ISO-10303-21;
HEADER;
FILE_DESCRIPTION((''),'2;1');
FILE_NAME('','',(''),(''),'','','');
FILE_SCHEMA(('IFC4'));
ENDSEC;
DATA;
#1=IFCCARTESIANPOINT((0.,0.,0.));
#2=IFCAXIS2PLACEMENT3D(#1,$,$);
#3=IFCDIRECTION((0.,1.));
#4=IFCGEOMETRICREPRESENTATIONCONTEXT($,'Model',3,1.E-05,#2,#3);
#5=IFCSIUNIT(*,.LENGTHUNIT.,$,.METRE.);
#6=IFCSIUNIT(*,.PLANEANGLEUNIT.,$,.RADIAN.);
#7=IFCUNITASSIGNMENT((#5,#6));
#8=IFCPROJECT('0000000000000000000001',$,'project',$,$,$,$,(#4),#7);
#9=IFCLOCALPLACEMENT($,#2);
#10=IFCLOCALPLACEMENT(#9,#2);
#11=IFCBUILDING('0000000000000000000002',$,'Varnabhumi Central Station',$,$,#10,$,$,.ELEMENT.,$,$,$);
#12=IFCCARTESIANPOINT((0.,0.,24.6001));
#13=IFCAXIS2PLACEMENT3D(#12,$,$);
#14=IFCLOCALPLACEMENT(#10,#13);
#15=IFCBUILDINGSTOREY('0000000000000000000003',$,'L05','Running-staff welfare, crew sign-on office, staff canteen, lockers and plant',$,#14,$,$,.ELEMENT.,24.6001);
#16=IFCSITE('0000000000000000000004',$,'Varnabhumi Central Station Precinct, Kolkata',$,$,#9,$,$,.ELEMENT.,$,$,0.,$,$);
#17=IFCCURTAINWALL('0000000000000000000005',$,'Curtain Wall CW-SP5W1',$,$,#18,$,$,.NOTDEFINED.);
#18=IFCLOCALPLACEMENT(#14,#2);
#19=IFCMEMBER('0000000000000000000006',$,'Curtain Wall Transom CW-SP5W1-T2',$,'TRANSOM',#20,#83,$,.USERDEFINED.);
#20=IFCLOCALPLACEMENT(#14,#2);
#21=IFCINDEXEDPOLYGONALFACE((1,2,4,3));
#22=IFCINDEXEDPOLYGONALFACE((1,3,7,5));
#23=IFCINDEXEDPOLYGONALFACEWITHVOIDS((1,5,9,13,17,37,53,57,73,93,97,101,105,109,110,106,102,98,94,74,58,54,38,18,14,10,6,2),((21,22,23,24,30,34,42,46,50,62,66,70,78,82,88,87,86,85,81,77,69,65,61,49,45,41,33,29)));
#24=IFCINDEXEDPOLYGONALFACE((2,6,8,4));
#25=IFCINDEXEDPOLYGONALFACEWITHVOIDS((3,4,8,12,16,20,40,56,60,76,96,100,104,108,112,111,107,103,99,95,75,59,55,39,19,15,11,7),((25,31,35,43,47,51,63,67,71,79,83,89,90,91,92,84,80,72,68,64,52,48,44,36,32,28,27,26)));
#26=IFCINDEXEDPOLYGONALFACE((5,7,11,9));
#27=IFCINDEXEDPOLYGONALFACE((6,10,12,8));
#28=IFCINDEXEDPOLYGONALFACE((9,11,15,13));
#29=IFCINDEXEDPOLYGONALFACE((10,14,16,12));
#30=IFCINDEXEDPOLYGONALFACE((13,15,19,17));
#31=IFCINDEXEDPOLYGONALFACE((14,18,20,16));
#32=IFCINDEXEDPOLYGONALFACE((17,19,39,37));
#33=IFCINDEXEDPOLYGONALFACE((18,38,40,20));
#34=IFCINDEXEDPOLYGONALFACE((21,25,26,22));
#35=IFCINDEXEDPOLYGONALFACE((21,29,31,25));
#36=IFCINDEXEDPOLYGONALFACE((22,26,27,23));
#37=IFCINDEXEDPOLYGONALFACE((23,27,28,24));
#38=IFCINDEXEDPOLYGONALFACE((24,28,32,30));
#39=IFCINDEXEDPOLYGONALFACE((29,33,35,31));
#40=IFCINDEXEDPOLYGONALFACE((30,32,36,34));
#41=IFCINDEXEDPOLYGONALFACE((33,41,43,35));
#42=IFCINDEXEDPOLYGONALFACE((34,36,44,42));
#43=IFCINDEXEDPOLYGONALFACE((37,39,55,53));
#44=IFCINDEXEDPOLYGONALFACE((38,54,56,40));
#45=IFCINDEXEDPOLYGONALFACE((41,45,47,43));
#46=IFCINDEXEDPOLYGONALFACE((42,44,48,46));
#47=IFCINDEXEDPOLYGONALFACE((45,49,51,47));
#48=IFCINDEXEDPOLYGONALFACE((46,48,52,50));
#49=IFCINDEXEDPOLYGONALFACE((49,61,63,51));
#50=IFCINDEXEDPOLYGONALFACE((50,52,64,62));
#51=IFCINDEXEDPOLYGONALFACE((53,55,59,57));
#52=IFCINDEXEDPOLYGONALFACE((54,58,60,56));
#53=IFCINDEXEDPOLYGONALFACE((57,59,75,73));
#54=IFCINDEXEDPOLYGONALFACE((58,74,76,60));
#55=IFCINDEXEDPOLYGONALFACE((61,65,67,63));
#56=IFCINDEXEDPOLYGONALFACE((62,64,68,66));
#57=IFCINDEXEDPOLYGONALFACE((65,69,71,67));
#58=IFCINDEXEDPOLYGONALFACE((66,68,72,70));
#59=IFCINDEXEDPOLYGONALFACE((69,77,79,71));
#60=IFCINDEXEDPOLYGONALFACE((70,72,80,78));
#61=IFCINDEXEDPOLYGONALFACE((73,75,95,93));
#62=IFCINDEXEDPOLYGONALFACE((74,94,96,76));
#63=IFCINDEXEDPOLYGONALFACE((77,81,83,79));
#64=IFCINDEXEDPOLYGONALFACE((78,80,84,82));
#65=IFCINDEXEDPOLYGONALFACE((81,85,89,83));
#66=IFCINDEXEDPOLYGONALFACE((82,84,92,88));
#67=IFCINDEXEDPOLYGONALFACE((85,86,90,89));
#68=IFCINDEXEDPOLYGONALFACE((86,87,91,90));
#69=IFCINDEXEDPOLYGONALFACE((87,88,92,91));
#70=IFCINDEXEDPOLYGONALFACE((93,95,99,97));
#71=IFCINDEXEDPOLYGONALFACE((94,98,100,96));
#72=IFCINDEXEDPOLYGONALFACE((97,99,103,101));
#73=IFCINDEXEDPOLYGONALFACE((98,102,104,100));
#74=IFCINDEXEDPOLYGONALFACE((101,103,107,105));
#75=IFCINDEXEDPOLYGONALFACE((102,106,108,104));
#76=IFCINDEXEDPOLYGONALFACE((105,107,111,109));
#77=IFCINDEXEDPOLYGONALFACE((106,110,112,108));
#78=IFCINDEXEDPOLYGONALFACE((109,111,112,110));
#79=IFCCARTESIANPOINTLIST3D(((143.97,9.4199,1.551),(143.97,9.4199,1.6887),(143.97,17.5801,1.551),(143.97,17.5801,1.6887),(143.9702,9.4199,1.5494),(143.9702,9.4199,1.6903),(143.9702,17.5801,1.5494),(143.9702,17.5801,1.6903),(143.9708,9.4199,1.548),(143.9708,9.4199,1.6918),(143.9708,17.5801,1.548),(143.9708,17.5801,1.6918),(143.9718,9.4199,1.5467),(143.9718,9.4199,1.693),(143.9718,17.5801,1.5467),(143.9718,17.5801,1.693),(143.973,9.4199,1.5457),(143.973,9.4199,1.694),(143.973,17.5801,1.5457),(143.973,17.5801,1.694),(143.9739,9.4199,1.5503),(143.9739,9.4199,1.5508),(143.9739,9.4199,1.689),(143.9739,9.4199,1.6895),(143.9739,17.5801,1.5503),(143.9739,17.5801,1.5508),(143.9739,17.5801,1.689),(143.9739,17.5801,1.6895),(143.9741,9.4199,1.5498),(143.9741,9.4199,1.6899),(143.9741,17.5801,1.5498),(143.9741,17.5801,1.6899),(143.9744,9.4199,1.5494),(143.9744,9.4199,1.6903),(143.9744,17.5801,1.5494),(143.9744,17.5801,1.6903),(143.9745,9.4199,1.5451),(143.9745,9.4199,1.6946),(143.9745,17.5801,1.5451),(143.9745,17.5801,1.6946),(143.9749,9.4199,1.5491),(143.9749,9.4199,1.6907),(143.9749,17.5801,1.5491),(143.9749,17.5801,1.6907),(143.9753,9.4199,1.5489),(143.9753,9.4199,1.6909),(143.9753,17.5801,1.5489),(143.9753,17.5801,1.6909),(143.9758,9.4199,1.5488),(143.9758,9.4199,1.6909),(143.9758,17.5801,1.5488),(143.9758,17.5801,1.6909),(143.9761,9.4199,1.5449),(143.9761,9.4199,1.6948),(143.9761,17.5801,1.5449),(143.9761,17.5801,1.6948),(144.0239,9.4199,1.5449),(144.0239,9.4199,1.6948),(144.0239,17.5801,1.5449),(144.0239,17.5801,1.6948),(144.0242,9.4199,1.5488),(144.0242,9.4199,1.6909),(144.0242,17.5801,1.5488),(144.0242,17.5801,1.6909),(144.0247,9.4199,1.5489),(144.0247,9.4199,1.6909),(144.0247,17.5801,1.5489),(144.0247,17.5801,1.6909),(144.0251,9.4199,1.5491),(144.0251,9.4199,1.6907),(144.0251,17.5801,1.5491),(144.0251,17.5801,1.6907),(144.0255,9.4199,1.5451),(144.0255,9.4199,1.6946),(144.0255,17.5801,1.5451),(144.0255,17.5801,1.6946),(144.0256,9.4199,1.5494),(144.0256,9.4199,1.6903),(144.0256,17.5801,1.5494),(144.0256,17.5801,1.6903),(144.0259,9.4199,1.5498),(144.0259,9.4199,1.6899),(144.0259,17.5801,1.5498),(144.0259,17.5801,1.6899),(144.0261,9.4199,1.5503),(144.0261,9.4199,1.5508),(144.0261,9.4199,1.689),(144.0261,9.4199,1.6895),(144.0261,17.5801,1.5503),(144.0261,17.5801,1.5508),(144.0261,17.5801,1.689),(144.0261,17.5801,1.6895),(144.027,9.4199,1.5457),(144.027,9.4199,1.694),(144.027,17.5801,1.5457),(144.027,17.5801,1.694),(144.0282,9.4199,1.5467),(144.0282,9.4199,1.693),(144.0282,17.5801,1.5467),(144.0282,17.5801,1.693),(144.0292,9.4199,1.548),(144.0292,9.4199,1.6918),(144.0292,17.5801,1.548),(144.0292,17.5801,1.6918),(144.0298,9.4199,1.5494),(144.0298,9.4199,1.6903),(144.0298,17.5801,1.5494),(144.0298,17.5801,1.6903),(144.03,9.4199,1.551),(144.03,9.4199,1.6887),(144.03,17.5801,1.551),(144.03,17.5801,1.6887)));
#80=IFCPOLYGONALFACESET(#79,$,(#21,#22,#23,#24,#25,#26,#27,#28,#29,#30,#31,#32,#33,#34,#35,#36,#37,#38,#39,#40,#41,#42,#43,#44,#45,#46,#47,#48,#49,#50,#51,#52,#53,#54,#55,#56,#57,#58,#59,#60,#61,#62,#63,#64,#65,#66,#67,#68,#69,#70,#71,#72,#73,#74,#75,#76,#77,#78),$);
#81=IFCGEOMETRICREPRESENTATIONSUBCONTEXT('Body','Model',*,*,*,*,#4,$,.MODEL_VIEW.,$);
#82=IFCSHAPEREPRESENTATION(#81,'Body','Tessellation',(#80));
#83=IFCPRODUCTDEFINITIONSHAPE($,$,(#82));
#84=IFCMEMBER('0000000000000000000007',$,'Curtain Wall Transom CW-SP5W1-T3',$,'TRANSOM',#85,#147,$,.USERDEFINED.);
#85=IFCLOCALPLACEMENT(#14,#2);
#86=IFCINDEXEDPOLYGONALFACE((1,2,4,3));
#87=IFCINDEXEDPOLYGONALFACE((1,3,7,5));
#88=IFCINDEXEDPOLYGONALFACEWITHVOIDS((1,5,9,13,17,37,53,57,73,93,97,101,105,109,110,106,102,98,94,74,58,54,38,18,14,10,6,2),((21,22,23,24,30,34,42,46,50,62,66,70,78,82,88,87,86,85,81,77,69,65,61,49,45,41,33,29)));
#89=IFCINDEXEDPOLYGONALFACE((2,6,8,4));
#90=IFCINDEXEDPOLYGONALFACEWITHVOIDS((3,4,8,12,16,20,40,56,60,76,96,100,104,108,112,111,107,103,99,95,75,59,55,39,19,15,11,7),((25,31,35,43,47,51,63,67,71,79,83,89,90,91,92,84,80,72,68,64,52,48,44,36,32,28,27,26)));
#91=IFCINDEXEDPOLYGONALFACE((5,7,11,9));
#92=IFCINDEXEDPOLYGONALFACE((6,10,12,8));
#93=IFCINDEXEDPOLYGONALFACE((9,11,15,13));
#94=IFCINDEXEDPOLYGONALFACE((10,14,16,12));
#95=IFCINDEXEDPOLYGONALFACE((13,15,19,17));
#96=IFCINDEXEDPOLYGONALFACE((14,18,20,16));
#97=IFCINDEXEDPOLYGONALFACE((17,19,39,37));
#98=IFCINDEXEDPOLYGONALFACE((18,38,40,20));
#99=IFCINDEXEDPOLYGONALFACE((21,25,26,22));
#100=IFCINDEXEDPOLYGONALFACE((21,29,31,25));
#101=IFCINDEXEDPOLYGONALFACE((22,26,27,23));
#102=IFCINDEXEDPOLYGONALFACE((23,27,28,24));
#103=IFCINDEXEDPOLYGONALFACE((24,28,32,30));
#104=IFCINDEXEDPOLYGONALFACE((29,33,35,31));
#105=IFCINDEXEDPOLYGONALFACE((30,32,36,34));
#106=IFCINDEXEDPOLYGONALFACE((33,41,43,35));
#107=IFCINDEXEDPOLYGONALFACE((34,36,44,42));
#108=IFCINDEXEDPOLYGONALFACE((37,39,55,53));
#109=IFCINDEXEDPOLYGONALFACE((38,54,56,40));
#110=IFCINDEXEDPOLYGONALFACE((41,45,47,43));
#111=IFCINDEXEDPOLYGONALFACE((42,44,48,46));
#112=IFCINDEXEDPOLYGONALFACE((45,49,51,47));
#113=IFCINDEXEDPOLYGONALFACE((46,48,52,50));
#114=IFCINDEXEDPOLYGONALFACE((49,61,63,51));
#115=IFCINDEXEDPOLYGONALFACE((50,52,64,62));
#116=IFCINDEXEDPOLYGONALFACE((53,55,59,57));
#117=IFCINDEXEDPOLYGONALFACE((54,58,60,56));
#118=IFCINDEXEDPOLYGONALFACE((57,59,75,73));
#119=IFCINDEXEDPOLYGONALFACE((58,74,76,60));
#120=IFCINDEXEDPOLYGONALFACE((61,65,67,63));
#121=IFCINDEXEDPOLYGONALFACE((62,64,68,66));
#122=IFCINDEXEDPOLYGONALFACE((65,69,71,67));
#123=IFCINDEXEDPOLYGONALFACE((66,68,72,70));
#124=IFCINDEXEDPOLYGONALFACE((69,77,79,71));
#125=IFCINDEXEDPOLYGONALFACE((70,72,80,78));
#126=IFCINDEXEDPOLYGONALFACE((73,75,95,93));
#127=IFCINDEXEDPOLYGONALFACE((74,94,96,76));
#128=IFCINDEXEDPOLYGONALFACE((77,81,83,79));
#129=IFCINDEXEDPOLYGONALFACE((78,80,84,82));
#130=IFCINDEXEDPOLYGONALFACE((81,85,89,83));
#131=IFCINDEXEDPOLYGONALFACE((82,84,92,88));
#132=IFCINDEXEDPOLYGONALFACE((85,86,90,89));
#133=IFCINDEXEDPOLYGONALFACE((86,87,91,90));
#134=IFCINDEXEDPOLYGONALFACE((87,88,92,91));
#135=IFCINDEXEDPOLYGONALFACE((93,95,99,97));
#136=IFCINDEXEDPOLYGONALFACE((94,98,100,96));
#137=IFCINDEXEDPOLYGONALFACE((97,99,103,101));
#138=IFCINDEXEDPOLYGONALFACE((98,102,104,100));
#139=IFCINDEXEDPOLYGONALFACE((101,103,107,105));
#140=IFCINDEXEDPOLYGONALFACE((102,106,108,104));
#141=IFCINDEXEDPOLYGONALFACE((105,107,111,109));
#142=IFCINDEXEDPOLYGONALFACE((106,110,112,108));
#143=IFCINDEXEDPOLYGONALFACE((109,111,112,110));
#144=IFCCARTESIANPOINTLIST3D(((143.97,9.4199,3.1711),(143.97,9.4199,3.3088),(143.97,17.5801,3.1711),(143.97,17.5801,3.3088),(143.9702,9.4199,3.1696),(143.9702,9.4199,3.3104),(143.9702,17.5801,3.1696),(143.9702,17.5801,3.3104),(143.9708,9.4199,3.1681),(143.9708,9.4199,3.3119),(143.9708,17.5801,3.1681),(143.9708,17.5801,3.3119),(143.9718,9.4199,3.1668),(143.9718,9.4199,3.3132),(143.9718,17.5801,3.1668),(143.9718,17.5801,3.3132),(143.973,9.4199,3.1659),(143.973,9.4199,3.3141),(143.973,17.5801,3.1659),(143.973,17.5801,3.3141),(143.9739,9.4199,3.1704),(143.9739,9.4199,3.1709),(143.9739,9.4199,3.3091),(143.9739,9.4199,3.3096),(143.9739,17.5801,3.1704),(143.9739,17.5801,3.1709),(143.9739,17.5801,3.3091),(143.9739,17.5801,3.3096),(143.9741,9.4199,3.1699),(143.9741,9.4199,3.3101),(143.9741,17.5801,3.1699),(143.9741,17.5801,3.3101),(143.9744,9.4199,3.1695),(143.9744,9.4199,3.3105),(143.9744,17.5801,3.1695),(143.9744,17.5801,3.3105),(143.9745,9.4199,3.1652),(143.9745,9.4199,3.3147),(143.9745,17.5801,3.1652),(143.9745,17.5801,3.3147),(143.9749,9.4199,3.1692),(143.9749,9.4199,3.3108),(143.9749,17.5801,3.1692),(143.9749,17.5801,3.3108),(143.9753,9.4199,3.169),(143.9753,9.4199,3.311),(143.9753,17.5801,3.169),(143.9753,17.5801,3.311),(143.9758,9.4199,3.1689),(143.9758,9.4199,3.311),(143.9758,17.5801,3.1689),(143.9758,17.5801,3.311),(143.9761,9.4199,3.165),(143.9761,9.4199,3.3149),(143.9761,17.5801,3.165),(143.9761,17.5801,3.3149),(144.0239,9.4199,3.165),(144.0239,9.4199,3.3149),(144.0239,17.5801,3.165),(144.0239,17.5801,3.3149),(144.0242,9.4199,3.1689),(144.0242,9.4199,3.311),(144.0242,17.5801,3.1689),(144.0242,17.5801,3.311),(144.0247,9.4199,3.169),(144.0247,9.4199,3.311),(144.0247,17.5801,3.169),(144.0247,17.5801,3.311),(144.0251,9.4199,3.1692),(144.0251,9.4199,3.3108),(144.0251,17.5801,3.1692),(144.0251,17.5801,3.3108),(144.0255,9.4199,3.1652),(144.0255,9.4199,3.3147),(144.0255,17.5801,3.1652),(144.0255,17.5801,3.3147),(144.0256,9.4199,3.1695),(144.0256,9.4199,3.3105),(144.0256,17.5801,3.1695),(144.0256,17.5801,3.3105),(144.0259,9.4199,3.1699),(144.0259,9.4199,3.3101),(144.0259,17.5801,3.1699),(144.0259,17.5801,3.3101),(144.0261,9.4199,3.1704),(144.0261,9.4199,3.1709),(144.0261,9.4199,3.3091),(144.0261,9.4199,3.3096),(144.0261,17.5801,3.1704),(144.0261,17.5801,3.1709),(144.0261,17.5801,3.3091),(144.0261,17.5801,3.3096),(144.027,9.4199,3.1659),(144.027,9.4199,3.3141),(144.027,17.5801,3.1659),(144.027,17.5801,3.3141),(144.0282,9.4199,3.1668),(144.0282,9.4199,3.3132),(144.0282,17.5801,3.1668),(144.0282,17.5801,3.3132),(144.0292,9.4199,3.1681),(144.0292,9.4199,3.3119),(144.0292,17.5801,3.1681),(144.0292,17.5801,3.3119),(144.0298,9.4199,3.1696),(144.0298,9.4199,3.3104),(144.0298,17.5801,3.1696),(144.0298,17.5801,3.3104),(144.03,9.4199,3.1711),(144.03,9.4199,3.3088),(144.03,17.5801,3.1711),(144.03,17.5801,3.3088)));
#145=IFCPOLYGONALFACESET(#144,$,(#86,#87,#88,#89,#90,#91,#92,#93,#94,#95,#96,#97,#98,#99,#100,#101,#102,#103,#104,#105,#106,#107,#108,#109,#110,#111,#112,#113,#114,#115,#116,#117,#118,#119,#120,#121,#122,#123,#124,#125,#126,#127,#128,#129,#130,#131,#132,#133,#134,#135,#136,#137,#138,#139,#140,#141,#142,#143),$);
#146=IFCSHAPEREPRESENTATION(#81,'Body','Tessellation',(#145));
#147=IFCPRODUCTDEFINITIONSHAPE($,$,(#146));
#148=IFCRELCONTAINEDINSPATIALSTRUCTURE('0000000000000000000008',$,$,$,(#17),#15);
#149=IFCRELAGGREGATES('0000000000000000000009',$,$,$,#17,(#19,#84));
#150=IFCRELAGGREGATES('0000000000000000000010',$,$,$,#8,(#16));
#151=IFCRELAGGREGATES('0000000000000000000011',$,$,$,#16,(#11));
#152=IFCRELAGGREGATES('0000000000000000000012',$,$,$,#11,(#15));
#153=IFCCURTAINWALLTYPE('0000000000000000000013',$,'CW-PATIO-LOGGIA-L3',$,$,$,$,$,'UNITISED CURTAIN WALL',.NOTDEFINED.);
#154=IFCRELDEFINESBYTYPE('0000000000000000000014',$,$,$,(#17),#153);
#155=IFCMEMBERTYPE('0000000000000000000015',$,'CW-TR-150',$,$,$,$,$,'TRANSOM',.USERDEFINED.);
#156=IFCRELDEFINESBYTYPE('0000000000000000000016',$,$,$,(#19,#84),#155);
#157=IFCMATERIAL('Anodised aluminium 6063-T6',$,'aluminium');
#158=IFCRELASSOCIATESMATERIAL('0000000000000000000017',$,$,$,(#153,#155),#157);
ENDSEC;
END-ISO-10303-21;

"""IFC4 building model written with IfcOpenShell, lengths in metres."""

from ifc_helpers import new_model, si_unit, direction, frame, origin, origin_2d, place, context, subcontext, project, spatial, hollow_rectangle, extrude, material, material_profile, profile_set, type_object, element, aggregate, save


model = new_model("IFC4")

# Units and contexts
model_context = context("Model", 3, precision=1e-05, world=origin(), true_north=direction((0.0, 1.0)))
body_context = subcontext(model_context, "Body", "Model", "MODEL_VIEW")
ifc_project = project(units=[si_unit("LENGTHUNIT", "METRE"), si_unit("PLANEANGLEUNIT", "RADIAN")], contexts=[model_context])

# Site, building, storey
site_placement = place(None, origin())
site = spatial("IfcSite", under=ifc_project, at=site_placement, Name="Varnabhumi Central Station Precinct, Kolkata", CompositionType="ELEMENT", RefElevation=0.0)
building_placement = place(site_placement, origin())
building = spatial("IfcBuilding", under=site, at=building_placement, Name="Varnabhumi Central Station", CompositionType="ELEMENT")
storey_placement = place(building_placement, frame((0.0, 0.0, 24.6001)))
storey = spatial("IfcBuildingStorey", under=building, at=storey_placement, Name="L05", Description="Running-staff welfare, crew sign-on office, staff canteen, lockers and plant", CompositionType="ELEMENT", Elevation=24.6001)

# Curtain wall
ifc_material_1 = material(Name="Anodised aluminium 6063-T6", Category="aluminium")
curtain_wall_type = type_object("IfcCurtainWallType", Name="CW-PATIO-LOGGIA-L3", ElementType="UNITISED CURTAIN WALL", PredefinedType="NOTDEFINED", material=ifc_material_1)
curtain_wall_1_placement = place(storey_placement, origin())
curtain_wall_1 = element("IfcCurtainWall", 1, at=curtain_wall_1_placement, inside=storey, type_object=curtain_wall_type, Name="Curtain Wall CW-SP5W1", PredefinedType="NOTDEFINED")

# Members
ifc_material_profile_1 = material_profile(ifc_material_1, hollow_rectangle(XDim=0.0601, YDim=0.1499, WallThickness=0.0039, InnerFilletRadius=0.002, OuterFilletRadius=0.0061, at=origin_2d()), Name="Anodised aluminium 6063-T6", Category="aluminium")
ifc_profile_set_1 = profile_set([ifc_material_profile_1], Name="Anodised aluminium 6063-T6")
member_type_1 = type_object("IfcMemberType", Name="CW-TR-150", ElementType="TRANSOM", PredefinedType="USERDEFINED", material=ifc_profile_set_1)
member_1_placement = place(storey_placement, frame((144.0, 9.4199, 1.6199), z_axis=(0.0, 1.0, 0.0), x_axis=(-1.0, 0.0, 0.0)))
member_1 = element("IfcMember", 2, at=member_1_placement, type_object=member_type_1, Name="Curtain Wall Transom CW-SP5W1-T2", ObjectType="TRANSOM", PredefinedType="USERDEFINED", context=body_context, shape_type="SweptSolid", body=[
    extrude(hollow_rectangle(XDim=0.0601, YDim=0.1499, WallThickness=0.0039, InnerFilletRadius=0.002, OuterFilletRadius=0.0061, at=origin_2d()), origin(), (0.0, 0.0, 1.0), 8.1602),
])
member_2_placement = place(storey_placement, frame((144.0, 9.4199, 3.24), z_axis=(0.0, 1.0, 0.0), x_axis=(-1.0, 0.0, 0.0)))
member_2 = element("IfcMember", 3, at=member_2_placement, type_object=member_type_1, Name="Curtain Wall Transom CW-SP5W1-T3", ObjectType="TRANSOM", PredefinedType="USERDEFINED", context=body_context, shape_type="SweptSolid", body=[
    extrude(hollow_rectangle(XDim=0.0601, YDim=0.1499, WallThickness=0.0039, InnerFilletRadius=0.002, OuterFilletRadius=0.0061, at=origin_2d()), origin(), (0.0, 0.0, 1.0), 8.1602),
])

aggregate(curtain_wall_1, [member_1, member_2])

save(model, "model.ifc")
